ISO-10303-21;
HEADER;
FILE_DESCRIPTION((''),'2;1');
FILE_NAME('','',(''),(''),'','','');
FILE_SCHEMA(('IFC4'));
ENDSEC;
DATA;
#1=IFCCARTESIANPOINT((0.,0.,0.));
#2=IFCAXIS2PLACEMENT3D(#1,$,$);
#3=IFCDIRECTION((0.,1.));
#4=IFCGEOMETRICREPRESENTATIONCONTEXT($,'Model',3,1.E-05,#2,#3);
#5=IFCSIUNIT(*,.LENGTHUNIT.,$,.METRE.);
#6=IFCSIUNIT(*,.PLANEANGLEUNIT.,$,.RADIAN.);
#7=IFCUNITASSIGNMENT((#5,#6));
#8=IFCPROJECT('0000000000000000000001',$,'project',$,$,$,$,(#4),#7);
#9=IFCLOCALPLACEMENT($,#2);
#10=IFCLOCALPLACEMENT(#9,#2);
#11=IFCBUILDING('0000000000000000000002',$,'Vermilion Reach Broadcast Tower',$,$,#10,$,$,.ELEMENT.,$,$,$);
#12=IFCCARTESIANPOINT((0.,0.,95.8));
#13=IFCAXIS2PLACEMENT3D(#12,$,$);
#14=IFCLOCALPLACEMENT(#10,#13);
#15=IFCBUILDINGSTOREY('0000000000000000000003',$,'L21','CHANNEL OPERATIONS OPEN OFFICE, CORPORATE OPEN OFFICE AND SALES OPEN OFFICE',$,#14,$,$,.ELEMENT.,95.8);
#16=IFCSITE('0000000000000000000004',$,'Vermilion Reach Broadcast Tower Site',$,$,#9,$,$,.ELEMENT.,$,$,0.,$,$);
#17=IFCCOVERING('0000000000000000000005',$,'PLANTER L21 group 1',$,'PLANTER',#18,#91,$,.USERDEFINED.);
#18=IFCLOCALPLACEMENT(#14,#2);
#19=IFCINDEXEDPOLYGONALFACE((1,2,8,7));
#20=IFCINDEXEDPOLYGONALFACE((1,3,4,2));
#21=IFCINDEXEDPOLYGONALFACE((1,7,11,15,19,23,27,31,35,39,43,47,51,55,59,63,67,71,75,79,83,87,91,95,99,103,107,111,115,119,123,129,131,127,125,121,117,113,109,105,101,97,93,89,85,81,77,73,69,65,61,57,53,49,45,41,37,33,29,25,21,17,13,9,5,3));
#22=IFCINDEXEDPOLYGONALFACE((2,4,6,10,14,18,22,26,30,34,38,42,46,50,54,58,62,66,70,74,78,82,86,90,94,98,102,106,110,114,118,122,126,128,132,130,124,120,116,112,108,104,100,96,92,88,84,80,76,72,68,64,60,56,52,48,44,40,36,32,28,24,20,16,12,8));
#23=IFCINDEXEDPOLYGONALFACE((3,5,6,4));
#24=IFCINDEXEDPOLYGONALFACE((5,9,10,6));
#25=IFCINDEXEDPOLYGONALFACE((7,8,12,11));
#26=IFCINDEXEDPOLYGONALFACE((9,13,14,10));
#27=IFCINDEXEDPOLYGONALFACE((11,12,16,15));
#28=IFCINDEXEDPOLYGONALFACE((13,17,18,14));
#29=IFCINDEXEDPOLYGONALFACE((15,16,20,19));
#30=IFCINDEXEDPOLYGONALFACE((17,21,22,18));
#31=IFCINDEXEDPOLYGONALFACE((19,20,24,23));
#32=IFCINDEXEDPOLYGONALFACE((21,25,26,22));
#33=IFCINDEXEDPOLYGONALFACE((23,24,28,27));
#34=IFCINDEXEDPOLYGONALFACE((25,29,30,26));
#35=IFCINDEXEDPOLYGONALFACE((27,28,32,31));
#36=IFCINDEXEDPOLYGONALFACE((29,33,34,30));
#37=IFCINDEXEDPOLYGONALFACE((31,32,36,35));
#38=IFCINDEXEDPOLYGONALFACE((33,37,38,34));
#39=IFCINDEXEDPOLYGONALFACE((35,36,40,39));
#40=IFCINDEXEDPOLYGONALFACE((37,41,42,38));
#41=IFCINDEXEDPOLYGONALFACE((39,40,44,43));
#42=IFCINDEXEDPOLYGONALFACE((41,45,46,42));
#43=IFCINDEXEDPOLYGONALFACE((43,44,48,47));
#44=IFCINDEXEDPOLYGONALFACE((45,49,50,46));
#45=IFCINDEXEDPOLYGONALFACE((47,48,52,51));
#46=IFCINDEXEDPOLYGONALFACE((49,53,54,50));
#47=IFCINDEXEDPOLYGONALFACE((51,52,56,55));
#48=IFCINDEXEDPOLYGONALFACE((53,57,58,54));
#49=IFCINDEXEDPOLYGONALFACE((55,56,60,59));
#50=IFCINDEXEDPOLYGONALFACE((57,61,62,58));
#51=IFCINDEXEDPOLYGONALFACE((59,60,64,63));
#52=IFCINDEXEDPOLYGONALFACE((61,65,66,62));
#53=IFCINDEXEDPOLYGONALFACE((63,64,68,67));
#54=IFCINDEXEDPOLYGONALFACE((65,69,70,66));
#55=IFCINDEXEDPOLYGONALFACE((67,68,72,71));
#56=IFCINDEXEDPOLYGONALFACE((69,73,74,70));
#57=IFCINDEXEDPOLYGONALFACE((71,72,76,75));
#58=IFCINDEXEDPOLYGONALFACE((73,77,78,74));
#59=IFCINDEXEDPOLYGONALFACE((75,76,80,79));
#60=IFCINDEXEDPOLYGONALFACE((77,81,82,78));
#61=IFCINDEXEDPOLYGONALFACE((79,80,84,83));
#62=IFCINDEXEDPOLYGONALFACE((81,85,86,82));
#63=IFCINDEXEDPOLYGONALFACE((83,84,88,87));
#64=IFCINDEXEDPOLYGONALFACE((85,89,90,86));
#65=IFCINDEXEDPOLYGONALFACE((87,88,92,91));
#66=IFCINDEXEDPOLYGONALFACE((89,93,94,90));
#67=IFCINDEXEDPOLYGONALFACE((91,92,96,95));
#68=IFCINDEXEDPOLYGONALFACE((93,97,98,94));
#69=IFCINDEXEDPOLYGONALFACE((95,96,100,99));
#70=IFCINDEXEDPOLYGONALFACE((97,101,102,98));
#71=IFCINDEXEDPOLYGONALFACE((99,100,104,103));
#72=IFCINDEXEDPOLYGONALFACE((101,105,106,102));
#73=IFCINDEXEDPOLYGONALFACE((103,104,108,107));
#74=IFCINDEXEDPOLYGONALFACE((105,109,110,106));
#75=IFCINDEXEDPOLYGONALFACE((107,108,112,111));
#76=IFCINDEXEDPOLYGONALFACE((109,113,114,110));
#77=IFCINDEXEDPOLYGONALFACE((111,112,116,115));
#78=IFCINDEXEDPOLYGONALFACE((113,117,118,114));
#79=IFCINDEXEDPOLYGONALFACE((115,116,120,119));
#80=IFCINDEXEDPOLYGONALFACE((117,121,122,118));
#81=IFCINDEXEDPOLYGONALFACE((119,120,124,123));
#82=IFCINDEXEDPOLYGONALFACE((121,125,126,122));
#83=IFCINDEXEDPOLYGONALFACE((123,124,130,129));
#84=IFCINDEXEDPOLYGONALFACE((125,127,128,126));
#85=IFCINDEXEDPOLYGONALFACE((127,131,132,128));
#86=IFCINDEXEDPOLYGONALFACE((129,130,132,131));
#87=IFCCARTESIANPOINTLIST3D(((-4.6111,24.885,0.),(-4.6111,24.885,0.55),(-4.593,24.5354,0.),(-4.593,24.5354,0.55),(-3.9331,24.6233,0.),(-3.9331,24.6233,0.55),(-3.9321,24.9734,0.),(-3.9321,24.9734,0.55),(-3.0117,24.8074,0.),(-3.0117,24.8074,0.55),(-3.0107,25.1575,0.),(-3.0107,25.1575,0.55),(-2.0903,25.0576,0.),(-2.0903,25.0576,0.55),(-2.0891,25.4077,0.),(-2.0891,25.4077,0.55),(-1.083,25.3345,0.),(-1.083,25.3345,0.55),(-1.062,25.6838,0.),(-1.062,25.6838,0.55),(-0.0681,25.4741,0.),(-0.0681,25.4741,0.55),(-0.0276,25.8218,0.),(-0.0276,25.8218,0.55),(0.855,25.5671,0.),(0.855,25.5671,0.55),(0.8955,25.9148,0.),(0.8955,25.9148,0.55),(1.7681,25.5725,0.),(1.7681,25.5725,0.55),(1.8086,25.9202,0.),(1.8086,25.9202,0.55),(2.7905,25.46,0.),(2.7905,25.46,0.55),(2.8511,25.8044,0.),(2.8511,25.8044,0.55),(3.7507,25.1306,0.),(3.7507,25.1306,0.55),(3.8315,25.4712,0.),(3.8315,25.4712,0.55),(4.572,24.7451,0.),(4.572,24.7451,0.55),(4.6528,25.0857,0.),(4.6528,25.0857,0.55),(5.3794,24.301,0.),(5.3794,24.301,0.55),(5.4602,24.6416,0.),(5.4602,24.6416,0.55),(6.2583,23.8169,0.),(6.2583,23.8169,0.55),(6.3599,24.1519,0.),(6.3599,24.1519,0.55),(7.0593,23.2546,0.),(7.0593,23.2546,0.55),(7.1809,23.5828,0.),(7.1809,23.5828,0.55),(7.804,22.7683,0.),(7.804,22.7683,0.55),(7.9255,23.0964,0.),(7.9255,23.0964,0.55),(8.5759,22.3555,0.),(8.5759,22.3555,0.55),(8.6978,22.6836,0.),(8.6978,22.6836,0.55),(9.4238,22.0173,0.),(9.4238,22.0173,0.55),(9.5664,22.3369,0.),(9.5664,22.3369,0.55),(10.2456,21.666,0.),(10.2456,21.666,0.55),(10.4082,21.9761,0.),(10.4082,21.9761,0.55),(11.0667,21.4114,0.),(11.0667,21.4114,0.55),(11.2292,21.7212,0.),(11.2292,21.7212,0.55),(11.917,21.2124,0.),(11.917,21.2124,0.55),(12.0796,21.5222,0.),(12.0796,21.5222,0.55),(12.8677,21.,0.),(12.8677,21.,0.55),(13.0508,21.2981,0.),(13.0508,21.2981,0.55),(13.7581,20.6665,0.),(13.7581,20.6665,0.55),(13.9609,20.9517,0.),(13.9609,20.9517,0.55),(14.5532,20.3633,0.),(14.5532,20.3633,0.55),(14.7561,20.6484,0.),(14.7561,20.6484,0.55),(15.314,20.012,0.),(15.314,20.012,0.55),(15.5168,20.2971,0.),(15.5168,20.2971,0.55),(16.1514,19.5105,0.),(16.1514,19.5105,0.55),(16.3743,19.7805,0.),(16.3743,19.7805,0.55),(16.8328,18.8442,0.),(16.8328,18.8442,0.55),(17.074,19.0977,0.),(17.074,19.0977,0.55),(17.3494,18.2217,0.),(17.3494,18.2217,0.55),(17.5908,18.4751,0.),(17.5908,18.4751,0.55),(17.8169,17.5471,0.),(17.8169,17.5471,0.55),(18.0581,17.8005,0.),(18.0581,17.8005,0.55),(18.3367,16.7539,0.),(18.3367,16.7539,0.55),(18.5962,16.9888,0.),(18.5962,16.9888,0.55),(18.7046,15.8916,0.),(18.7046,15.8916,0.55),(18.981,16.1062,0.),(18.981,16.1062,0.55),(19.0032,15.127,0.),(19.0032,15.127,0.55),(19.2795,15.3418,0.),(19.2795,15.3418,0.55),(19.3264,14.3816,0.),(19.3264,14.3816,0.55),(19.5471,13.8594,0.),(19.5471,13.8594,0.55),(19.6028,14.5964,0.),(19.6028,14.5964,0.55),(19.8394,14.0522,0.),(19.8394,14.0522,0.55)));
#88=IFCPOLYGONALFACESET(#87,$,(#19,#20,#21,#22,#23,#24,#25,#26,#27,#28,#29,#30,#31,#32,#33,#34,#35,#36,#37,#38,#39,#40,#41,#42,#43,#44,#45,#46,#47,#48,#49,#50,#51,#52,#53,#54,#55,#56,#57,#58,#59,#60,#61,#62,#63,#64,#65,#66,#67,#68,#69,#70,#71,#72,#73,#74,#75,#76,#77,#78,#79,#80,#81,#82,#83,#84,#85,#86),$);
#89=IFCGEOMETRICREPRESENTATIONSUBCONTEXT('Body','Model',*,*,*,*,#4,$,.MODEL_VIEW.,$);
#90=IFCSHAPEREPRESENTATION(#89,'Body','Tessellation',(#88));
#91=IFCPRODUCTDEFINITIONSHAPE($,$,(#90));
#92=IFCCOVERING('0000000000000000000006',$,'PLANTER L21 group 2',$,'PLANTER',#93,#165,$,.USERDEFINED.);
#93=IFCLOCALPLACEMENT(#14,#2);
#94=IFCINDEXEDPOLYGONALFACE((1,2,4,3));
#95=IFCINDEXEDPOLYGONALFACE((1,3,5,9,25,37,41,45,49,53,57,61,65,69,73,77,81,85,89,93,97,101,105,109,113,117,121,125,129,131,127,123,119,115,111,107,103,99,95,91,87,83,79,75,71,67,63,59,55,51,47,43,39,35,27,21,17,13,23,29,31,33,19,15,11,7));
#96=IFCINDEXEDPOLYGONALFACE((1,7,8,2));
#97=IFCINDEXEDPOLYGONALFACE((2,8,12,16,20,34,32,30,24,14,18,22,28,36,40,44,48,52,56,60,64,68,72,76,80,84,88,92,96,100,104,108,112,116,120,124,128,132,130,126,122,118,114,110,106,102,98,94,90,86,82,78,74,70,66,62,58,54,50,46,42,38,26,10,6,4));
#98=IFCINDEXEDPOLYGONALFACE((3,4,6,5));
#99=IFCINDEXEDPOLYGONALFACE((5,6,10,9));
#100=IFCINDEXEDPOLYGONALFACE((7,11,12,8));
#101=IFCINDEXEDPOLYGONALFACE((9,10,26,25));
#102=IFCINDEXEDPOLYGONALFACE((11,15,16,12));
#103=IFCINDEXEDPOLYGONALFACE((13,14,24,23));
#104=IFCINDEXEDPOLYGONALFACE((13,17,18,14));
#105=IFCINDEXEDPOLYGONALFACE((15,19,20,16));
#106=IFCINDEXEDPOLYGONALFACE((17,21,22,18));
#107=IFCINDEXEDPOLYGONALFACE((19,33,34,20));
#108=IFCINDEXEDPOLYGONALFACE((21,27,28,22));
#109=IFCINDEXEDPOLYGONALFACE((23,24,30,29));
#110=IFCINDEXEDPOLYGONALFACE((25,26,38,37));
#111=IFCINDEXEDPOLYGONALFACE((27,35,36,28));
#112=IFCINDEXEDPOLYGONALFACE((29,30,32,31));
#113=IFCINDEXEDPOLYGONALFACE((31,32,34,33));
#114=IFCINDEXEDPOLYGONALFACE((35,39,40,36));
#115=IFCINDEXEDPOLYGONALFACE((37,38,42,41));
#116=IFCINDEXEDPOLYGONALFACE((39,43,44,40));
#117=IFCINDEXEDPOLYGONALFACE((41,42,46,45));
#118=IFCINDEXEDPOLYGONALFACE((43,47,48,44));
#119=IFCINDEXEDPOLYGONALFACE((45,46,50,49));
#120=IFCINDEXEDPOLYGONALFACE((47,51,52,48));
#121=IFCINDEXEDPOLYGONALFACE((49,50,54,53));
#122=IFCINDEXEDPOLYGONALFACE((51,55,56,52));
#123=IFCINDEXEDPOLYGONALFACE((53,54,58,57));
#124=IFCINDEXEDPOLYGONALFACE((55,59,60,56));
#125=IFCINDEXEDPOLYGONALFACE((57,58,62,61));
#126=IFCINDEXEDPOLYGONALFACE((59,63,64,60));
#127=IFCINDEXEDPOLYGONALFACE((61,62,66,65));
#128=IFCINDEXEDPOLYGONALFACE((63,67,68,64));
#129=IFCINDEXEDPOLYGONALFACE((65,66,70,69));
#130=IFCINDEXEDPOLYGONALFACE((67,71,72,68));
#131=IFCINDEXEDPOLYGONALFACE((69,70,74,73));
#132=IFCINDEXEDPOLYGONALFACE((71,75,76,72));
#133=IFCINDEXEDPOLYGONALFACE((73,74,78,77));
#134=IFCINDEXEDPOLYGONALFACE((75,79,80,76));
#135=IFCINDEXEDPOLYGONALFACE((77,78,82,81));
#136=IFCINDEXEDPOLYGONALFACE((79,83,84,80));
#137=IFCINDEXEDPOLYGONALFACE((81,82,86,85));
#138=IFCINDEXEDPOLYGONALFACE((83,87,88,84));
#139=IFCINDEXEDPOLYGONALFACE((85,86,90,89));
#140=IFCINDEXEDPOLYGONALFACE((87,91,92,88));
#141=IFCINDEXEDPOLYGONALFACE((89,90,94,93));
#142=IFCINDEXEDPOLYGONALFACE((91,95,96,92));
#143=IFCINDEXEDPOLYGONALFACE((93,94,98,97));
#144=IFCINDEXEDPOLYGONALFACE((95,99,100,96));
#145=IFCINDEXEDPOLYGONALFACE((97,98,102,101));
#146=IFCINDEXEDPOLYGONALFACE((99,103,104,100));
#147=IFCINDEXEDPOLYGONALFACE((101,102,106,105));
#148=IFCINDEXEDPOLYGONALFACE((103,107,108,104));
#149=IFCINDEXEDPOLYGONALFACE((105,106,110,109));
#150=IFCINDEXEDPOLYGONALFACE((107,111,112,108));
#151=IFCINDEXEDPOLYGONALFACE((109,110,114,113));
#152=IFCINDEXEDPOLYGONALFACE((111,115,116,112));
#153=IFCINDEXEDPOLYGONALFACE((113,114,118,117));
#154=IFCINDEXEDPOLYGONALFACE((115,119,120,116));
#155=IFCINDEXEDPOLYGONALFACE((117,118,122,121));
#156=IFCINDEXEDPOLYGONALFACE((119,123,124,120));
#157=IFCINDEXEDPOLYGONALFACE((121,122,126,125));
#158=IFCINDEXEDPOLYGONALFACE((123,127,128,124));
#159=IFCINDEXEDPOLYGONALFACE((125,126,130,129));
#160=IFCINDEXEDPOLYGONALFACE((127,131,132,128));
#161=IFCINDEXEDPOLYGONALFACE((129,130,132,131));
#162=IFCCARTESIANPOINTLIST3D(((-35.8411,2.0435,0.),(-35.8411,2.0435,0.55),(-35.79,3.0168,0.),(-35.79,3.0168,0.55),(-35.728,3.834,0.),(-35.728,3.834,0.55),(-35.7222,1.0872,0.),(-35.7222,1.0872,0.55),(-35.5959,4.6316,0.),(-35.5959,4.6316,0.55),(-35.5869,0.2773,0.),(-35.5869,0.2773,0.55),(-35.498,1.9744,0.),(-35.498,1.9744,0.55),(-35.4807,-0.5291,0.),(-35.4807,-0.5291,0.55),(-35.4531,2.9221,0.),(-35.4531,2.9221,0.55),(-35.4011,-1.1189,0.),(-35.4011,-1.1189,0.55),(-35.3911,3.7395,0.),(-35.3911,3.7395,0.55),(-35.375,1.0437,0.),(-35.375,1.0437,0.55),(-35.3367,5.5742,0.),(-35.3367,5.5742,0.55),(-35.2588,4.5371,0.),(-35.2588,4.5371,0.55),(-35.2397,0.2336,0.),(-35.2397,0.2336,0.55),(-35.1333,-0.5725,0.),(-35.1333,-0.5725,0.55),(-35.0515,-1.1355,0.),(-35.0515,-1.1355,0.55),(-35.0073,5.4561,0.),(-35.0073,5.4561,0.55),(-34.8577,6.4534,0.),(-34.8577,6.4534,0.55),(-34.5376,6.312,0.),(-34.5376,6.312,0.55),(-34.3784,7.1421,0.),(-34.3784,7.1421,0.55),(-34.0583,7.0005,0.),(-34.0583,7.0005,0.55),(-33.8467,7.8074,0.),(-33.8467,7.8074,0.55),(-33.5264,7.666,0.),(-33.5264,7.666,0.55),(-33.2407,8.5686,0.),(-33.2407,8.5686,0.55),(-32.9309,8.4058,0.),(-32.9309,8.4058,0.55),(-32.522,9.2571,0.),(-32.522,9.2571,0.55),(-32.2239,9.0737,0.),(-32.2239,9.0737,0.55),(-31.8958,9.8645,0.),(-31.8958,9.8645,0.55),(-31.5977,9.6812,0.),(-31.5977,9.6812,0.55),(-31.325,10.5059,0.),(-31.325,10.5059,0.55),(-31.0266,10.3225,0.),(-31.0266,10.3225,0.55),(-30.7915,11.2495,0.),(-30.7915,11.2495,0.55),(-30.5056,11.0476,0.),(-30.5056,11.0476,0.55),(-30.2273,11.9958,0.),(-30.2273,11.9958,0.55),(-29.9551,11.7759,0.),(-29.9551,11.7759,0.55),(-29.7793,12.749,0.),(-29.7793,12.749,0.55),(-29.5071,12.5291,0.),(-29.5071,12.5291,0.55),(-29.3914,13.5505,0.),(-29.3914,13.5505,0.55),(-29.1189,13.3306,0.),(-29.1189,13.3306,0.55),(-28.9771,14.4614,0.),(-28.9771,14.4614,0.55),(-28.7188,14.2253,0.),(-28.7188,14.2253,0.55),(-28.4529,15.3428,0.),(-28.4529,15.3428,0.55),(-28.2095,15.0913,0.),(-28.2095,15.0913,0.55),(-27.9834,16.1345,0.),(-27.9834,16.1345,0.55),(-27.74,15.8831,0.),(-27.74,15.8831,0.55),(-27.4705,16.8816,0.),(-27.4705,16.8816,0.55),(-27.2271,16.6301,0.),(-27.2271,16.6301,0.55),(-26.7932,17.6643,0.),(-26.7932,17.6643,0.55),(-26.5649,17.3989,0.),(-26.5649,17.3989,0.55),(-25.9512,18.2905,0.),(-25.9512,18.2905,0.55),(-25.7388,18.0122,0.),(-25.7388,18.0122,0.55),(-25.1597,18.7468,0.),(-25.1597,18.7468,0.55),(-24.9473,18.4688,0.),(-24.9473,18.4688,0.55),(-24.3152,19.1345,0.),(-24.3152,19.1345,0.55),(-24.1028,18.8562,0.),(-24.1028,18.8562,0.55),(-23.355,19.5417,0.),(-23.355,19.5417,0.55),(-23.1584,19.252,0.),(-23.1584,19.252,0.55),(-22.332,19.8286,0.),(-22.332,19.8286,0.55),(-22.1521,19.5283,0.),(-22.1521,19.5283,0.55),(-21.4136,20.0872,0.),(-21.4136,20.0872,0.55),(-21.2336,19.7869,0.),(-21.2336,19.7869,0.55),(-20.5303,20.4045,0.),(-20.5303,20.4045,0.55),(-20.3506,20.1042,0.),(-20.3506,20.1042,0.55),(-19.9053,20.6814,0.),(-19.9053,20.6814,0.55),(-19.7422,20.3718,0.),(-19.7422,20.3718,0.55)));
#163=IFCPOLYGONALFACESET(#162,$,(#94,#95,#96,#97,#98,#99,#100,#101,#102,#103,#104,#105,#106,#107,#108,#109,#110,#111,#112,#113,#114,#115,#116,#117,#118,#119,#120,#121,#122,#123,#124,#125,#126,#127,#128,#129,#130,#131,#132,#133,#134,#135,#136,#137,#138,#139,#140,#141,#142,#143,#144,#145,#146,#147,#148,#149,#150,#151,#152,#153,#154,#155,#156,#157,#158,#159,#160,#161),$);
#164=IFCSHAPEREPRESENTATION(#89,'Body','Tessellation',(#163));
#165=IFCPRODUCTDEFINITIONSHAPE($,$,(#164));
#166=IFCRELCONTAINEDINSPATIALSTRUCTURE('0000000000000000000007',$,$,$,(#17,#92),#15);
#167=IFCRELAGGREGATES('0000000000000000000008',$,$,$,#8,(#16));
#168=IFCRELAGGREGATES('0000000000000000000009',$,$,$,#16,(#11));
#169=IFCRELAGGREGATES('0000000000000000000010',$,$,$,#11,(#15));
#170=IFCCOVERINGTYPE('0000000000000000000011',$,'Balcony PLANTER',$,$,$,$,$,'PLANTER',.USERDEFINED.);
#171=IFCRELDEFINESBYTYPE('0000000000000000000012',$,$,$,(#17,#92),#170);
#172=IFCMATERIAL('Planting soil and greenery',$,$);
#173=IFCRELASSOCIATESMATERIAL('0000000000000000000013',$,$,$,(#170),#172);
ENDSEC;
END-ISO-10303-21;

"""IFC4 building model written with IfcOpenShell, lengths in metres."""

from ifc_helpers import new_model, si_unit, direction, frame, origin, place, context, subcontext, project, spatial, polyline, outline, extrude, material, type_object, element, save


model = new_model("IFC4")

# Units and contexts
model_context = context("Model", 3, precision=1e-05, world=origin(), true_north=direction((0.0, 1.0)))
body_context = subcontext(model_context, "Body", "Model", "MODEL_VIEW")
ifc_project = project(units=[si_unit("LENGTHUNIT", "METRE"), si_unit("PLANEANGLEUNIT", "RADIAN")], contexts=[model_context])

# Site, building, storey
site_placement = place(None, origin())
site = spatial("IfcSite", under=ifc_project, at=site_placement, Name="Vermilion Reach Broadcast Tower Site", CompositionType="ELEMENT", RefElevation=0.0)
building_placement = place(site_placement, origin())
building = spatial("IfcBuilding", under=site, at=building_placement, Name="Vermilion Reach Broadcast Tower", CompositionType="ELEMENT")
storey_placement = place(building_placement, frame((0.0, 0.0, 95.8)))
storey = spatial("IfcBuildingStorey", under=building, at=storey_placement, Name="L21", Description="CHANNEL OPERATIONS OPEN OFFICE, CORPORATE OPEN OFFICE AND SALES OPEN OFFICE", CompositionType="ELEMENT", Elevation=95.8)

# Shared definitions
placement_1 = place(storey_placement, origin())

# Coverings
ifc_material_1 = material(Name="Planting soil and greenery")
covering_type = type_object("IfcCoveringType", Name="Balcony PLANTER", ElementType="PLANTER", PredefinedType="USERDEFINED", material=ifc_material_1)
element("IfcCovering", 1, at=placement_1, inside=storey, type_object=covering_type, Name="PLANTER L21 group 1", ObjectType="PLANTER", PredefinedType="USERDEFINED", context=body_context, shape_type="SweptSolid", body=[
    extrude(outline(polyline([(19.8394, 14.0522), (19.6028, 14.5964), (19.2795, 15.3418), (18.981, 16.1062), (18.5962, 16.9888), (18.0581, 17.8005), (17.5908, 18.4751), (17.074, 19.0977), (16.3743, 19.7805), (15.5168, 20.2971), (14.7561, 20.6484), (13.9609, 20.9517), (13.0508, 21.2981), (12.0796, 21.5222), (11.2292, 21.7212), (10.4082, 21.9761), (9.5664, 22.3369), (8.6978, 22.6836), (7.9255, 23.0964), (7.1809, 23.5828), (6.3599, 24.1519), (5.4602, 24.6416), (4.6528, 25.0857), (3.8315, 25.4712), (2.8511, 25.8044), (1.8086, 25.9202), (0.8955, 25.9148), (-0.0276, 25.8218), (-1.062, 25.6838), (-2.0891, 25.4077), (-3.0107, 25.1575), (-3.9321, 24.9734), (-4.6111, 24.885), (-4.593, 24.5354), (-3.9331, 24.6233), (-3.0117, 24.8074), (-2.0903, 25.0576), (-1.083, 25.3345), (-0.0681, 25.4741), (0.855, 25.5671), (1.7681, 25.5725), (2.7905, 25.46), (3.7507, 25.1306), (4.572, 24.7451), (5.3794, 24.301), (6.2583, 23.8169), (7.0593, 23.2546), (7.804, 22.7683), (8.5759, 22.3555), (9.4238, 22.0173), (10.2456, 21.666), (11.0667, 21.4114), (11.917, 21.2124), (12.8677, 21.0), (13.7581, 20.6665), (14.5532, 20.3633), (15.314, 20.012), (16.1514, 19.5105), (16.8328, 18.8442), (17.3494, 18.2217), (17.8169, 17.5471), (18.3367, 16.7539), (18.7046, 15.8916), (19.0032, 15.127), (19.3264, 14.3816), (19.5471, 13.8594), (19.8394, 14.0522)])), origin(), (0.0, 0.0, 1.0), 0.55),
])
element("IfcCovering", 2, at=placement_1, inside=storey, type_object=covering_type, Name="PLANTER L21 group 2", ObjectType="PLANTER", PredefinedType="USERDEFINED", context=body_context, shape_type="SweptSolid", body=[
    extrude(outline(polyline([(-19.9053, 20.6814), (-20.5303, 20.4045), (-21.4136, 20.0872), (-22.332, 19.8286), (-23.355, 19.5417), (-24.3152, 19.1345), (-25.1597, 18.7468), (-25.9512, 18.2905), (-26.7932, 17.6643), (-27.4705, 16.8816), (-27.9834, 16.1345), (-28.4529, 15.3428), (-28.9771, 14.4614), (-29.3914, 13.5505), (-29.7793, 12.749), (-30.2273, 11.9958), (-30.7915, 11.2495), (-31.325, 10.5059), (-31.8958, 9.8645), (-32.522, 9.2571), (-33.2407, 8.5686), (-33.8467, 7.8074), (-34.3784, 7.1421), (-34.8577, 6.4534), (-35.3367, 5.5742), (-35.5959, 4.6316), (-35.728, 3.834), (-35.79, 3.0168), (-35.8411, 2.0435), (-35.7222, 1.0872), (-35.5869, 0.2773), (-35.4807, -0.5291), (-35.4011, -1.1189), (-35.0515, -1.1355), (-35.1333, -0.5725), (-35.2397, 0.2336), (-35.375, 1.0437), (-35.498, 1.9744), (-35.4531, 2.9221), (-35.3911, 3.7395), (-35.2588, 4.5371), (-35.0073, 5.4561), (-34.5376, 6.312), (-34.0583, 7.0005), (-33.5264, 7.666), (-32.9309, 8.4058), (-32.2239, 9.0737), (-31.5977, 9.6812), (-31.0266, 10.3225), (-30.5056, 11.0476), (-29.9551, 11.7759), (-29.5071, 12.5291), (-29.1189, 13.3306), (-28.7188, 14.2253), (-28.2095, 15.0913), (-27.74, 15.8831), (-27.2271, 16.6301), (-26.5649, 17.3989), (-25.7388, 18.0122), (-24.9473, 18.4688), (-24.1028, 18.8562), (-23.1584, 19.252), (-22.1521, 19.5283), (-21.2336, 19.7869), (-20.3506, 20.1042), (-19.7422, 20.3718), (-19.9053, 20.6814)])), origin(), (0.0, 0.0, 1.0), 0.55),
])

save(model, "model.ifc")
